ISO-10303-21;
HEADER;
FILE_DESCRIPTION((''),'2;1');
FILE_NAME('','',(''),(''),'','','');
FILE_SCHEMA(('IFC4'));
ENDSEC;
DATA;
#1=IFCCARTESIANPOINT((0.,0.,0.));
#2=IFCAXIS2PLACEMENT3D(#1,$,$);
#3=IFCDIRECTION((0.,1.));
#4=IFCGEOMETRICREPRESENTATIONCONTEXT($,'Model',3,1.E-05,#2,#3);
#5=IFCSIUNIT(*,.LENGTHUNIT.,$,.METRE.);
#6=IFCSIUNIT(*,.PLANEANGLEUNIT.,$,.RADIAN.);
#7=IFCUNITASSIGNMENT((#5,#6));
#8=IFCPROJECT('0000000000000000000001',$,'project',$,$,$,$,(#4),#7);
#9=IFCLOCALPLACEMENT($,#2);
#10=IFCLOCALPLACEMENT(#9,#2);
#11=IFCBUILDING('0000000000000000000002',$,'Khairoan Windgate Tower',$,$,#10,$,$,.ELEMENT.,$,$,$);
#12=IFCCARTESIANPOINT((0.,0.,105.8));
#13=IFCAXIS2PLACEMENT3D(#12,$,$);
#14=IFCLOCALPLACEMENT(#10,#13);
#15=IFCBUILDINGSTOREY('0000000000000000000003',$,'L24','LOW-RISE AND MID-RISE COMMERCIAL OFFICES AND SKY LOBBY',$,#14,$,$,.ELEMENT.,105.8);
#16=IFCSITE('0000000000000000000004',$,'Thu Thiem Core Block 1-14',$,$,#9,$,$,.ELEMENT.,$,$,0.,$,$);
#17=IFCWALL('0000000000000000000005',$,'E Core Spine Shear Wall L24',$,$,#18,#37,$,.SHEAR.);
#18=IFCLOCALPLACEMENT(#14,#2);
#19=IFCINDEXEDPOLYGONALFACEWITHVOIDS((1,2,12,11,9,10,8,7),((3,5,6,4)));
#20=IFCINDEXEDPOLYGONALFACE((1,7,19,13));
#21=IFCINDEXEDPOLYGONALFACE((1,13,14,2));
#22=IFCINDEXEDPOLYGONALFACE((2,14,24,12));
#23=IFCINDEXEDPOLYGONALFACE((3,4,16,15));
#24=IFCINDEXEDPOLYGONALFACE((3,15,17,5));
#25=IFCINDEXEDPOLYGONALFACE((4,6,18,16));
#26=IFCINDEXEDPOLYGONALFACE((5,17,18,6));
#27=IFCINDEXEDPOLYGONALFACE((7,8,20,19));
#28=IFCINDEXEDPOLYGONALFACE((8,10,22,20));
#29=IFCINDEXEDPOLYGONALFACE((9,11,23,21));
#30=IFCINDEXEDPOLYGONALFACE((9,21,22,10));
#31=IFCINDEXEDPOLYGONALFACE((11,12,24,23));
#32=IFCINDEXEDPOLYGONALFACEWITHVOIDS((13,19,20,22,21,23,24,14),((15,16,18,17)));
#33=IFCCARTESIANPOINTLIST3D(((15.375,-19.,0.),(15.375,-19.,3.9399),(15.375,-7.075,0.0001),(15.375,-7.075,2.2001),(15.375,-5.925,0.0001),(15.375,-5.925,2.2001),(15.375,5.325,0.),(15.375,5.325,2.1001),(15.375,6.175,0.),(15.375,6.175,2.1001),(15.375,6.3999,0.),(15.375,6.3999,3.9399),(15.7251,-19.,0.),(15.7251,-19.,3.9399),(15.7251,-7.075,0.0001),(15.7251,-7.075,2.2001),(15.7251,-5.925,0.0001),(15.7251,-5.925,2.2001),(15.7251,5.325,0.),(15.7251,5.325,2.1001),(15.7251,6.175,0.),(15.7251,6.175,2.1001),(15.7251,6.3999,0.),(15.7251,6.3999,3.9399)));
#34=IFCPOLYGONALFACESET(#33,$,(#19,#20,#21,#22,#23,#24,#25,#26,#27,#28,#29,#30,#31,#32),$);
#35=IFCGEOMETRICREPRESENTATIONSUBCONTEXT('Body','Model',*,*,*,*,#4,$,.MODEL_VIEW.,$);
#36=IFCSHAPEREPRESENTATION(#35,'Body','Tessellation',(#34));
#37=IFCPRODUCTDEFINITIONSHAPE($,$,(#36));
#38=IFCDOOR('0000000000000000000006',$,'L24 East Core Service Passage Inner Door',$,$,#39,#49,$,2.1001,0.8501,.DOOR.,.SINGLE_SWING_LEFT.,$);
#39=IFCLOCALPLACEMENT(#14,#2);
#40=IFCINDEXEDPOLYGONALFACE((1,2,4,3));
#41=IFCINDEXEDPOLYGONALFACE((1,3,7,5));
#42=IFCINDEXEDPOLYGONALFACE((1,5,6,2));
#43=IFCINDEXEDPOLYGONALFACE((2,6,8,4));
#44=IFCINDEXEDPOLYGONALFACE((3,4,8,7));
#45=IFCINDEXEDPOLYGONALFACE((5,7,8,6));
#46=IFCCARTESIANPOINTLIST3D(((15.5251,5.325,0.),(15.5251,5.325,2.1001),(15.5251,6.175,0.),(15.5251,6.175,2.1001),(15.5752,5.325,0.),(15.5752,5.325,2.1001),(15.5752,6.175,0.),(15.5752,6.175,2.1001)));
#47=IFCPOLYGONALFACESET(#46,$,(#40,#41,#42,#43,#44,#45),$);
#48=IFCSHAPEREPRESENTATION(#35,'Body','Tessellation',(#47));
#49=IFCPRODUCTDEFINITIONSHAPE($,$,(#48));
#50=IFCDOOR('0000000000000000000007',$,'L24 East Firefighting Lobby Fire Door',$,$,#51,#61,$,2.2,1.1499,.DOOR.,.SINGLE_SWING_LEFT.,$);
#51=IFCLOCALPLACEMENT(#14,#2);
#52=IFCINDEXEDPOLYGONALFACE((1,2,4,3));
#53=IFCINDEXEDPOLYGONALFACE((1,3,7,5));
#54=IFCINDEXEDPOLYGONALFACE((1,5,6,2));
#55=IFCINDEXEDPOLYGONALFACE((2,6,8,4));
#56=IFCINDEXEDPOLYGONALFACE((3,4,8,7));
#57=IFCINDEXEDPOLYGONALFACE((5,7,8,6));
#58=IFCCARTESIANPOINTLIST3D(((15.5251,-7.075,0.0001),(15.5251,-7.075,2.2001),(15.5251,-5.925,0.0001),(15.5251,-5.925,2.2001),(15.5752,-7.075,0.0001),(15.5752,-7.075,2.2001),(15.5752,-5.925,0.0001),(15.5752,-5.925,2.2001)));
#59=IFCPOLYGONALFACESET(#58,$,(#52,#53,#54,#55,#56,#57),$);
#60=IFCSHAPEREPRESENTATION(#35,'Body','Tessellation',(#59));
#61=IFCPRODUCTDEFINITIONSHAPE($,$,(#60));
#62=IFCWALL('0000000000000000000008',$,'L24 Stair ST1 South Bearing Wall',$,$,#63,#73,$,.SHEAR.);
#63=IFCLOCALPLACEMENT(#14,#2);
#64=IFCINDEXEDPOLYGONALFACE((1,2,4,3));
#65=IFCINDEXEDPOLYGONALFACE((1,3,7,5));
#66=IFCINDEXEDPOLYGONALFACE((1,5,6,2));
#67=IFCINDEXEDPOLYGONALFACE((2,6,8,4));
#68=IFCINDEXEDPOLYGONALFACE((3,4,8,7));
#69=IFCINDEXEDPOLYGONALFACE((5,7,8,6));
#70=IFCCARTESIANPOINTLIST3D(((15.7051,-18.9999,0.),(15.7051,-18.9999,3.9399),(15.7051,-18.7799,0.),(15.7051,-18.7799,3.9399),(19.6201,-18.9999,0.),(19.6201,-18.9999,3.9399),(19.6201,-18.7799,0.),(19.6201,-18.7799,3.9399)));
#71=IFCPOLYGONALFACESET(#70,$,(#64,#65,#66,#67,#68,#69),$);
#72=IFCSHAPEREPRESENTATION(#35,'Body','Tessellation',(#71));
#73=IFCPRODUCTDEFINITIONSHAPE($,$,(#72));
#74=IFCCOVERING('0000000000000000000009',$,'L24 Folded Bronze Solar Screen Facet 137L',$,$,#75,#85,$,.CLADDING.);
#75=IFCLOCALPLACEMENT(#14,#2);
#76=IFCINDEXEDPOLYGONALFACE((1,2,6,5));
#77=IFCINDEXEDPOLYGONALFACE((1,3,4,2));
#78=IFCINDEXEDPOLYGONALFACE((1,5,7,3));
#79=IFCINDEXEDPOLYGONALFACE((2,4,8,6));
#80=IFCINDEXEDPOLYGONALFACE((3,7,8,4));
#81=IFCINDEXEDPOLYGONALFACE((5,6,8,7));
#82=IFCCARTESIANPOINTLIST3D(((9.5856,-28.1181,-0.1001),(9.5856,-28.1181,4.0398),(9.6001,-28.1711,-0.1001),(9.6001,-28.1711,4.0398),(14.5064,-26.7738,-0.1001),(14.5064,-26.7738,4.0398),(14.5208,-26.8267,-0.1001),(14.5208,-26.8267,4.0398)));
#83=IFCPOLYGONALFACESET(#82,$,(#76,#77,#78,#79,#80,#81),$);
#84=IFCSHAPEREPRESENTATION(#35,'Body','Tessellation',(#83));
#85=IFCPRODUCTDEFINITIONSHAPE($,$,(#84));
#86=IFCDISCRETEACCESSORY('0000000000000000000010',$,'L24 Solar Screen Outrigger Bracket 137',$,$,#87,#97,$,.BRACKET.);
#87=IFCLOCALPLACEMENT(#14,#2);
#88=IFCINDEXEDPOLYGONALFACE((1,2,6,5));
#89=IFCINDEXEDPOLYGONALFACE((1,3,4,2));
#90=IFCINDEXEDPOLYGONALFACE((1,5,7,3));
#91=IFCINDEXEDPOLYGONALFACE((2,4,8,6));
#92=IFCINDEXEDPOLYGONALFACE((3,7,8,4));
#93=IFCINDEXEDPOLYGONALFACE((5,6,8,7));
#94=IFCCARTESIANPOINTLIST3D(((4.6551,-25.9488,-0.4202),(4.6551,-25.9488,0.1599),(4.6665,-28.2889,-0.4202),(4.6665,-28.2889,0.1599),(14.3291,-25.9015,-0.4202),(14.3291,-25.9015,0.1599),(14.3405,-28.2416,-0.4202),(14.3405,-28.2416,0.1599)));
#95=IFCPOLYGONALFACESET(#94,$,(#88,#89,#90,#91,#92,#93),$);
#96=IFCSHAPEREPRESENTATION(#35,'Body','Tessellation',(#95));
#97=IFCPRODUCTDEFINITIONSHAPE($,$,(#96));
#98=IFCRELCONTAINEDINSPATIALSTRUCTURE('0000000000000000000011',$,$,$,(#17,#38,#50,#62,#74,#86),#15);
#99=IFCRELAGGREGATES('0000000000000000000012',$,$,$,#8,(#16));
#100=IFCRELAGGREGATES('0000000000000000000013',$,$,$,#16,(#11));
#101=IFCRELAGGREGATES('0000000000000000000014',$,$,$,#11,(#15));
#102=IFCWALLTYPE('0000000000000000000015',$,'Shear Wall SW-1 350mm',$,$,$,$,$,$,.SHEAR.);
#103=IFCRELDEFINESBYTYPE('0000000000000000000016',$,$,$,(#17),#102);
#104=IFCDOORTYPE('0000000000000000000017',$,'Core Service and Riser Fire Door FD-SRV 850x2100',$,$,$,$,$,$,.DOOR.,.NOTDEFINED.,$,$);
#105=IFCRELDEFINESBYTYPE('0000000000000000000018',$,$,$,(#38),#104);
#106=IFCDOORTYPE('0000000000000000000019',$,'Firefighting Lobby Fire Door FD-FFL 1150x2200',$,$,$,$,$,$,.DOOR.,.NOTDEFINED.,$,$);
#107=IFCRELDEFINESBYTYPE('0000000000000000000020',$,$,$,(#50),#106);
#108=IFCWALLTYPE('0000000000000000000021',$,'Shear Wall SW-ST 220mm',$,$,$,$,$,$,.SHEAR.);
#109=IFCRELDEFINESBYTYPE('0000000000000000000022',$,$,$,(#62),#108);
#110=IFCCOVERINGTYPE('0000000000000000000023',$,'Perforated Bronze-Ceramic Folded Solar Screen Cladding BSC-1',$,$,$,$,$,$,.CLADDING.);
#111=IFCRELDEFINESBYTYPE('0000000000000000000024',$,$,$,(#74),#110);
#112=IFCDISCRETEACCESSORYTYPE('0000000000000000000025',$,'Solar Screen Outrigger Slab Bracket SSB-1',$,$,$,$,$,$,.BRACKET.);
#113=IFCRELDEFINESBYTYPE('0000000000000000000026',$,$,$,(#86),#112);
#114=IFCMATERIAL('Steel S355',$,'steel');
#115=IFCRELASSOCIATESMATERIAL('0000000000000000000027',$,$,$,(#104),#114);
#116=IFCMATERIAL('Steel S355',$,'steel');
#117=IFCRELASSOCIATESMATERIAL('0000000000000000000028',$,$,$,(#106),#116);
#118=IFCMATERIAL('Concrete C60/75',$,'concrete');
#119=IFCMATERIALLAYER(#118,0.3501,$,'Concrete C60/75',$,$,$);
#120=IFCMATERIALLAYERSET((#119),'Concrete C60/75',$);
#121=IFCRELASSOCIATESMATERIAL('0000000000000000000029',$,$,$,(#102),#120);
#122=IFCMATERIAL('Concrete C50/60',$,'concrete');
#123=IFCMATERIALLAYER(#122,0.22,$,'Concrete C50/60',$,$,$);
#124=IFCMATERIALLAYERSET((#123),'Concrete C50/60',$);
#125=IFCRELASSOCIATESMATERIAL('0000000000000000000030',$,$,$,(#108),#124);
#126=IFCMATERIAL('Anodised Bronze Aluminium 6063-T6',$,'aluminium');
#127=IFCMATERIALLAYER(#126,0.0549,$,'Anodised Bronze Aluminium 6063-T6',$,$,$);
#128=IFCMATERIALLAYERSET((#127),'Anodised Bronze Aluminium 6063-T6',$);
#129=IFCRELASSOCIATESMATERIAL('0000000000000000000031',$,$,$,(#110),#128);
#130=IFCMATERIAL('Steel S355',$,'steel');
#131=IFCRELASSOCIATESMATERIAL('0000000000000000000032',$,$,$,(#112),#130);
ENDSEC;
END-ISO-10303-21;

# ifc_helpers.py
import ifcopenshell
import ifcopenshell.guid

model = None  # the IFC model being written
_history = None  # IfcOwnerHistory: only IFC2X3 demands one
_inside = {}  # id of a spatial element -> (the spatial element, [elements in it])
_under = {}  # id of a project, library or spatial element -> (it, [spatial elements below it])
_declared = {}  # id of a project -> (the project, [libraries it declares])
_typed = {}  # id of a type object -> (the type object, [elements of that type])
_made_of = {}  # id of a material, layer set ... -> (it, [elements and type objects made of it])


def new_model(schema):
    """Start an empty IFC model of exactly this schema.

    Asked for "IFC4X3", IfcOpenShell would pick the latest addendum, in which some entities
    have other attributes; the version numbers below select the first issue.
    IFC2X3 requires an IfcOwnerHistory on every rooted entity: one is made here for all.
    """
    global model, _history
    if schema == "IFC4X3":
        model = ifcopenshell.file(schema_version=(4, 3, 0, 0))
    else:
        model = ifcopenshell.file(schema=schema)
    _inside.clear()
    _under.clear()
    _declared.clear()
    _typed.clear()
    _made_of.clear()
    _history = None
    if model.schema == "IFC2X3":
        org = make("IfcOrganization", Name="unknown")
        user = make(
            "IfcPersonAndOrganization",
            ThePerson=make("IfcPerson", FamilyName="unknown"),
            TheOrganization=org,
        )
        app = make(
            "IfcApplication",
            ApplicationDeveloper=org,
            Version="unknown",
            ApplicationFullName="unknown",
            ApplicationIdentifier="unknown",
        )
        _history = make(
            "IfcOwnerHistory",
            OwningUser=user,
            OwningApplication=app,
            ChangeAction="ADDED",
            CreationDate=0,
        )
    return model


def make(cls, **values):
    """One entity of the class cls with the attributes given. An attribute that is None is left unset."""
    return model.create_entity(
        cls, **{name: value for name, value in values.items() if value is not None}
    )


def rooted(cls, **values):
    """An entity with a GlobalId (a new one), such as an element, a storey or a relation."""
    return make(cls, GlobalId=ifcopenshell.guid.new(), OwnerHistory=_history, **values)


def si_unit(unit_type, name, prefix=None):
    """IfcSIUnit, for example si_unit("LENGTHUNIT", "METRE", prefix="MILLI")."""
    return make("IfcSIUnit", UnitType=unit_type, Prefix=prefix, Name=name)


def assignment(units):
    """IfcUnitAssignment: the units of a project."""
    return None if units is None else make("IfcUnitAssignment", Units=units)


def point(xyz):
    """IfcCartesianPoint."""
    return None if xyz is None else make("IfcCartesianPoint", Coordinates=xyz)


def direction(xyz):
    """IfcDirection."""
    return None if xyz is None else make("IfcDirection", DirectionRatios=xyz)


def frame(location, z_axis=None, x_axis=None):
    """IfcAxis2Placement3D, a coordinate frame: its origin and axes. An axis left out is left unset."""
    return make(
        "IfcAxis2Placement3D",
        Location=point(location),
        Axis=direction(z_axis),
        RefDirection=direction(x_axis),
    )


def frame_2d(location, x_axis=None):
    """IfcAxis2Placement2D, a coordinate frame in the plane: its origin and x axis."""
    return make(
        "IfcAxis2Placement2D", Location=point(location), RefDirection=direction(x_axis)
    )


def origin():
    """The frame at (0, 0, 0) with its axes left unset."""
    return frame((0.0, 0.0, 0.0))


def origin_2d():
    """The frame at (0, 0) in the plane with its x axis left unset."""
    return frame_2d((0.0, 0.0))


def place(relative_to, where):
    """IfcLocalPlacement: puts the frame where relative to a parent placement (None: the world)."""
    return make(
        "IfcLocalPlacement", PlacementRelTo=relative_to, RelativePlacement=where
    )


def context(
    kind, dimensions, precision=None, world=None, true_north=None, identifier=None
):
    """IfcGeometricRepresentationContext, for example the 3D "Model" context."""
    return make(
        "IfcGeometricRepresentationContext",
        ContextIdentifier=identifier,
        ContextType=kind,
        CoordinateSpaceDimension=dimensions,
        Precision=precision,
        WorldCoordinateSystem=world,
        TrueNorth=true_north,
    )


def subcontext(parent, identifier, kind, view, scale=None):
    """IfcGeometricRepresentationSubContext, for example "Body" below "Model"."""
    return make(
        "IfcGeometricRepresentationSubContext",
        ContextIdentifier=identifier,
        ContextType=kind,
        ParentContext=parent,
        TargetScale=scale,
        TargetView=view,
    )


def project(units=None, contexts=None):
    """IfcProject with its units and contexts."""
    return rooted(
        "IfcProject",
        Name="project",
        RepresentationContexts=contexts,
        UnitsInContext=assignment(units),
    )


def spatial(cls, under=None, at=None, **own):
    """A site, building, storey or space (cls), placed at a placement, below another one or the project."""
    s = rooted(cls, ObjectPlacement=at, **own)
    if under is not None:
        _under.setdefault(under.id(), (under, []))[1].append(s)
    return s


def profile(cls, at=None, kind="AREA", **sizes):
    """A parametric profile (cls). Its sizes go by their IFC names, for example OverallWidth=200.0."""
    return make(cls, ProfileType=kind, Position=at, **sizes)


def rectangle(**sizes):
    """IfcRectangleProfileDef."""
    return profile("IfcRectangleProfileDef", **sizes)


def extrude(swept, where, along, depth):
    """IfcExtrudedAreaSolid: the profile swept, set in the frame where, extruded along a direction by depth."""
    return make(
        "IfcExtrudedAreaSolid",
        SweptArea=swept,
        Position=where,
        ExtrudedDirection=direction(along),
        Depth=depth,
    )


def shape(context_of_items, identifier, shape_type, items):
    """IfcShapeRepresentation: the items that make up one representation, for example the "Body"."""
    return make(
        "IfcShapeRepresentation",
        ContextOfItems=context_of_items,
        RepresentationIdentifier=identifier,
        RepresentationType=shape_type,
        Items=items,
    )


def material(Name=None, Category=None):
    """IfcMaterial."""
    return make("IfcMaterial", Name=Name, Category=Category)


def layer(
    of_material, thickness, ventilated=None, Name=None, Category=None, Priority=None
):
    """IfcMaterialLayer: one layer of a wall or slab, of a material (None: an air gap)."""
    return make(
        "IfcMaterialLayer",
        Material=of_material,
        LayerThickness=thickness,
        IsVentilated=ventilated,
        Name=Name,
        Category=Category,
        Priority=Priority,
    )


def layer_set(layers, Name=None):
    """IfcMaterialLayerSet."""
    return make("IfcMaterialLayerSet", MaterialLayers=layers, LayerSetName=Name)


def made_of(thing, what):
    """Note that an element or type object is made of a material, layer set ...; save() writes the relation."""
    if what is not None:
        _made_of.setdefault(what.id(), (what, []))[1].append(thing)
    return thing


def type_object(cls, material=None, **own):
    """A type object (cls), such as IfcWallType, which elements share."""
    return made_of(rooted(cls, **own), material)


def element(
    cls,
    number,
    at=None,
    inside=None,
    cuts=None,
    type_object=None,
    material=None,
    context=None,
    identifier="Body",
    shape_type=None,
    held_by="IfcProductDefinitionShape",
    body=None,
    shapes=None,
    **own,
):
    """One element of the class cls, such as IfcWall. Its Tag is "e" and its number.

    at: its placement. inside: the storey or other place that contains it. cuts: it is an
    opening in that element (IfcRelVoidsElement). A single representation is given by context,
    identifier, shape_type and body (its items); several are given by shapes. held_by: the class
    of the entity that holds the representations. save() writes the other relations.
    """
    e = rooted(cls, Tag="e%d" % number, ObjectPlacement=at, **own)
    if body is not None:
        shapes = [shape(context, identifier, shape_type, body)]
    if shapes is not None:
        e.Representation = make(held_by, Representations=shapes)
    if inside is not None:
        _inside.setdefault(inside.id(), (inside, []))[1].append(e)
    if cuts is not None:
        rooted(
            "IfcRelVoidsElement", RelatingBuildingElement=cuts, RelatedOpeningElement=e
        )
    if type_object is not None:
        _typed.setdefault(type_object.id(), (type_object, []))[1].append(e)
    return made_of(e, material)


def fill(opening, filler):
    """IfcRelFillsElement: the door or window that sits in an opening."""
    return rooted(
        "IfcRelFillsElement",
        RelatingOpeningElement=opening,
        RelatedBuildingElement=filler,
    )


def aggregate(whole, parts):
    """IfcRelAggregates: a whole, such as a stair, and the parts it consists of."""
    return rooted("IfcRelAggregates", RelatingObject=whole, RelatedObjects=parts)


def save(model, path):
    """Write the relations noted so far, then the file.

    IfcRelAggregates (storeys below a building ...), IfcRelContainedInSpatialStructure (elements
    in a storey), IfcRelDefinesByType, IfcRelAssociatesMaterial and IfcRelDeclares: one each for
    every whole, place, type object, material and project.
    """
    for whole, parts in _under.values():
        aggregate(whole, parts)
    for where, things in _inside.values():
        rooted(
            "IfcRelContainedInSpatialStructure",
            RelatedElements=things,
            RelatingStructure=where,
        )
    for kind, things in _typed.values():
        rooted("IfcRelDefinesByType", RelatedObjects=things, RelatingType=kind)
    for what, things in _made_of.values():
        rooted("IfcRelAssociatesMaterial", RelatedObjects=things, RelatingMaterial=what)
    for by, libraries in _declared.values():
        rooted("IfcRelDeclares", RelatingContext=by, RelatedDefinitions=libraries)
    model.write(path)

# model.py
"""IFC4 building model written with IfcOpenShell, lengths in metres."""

from ifc_helpers import new_model, si_unit, direction, frame, frame_2d, origin, origin_2d, place, context, subcontext, project, spatial, rectangle, extrude, material, layer, layer_set, type_object, element, fill, save


model = new_model("IFC4")

# Units and contexts
model_context = context("Model", 3, precision=1e-05, world=origin(), true_north=direction((0.0, 1.0)))
body_context = subcontext(model_context, "Body", "Model", "MODEL_VIEW")
ifc_project = project(units=[si_unit("LENGTHUNIT", "METRE"), si_unit("PLANEANGLEUNIT", "RADIAN")], contexts=[model_context])

# Site, building, storey
site_placement = place(None, origin())
site = spatial("IfcSite", under=ifc_project, at=site_placement, Name="Thu Thiem Core Block 1-14", CompositionType="ELEMENT", RefElevation=0.0)
building_placement = place(site_placement, origin())
building = spatial("IfcBuilding", under=site, at=building_placement, Name="Khairoan Windgate Tower", CompositionType="ELEMENT")
storey_placement = place(building_placement, frame((0.0, 0.0, 105.8)))
storey = spatial("IfcBuildingStorey", under=building, at=storey_placement, Name="L24", Description="LOW-RISE AND MID-RISE COMMERCIAL OFFICES AND SKY LOBBY", CompositionType="ELEMENT", Elevation=105.8)

# Shared definitions
ifc_material_1 = material(Name="Steel S355", Category="steel")
door_type_1 = type_object("IfcDoorType", Name="Core Service and Riser Fire Door FD-SRV 850x2100", OperationType="NOTDEFINED", PredefinedType="DOOR", material=ifc_material_1)
ifc_material_2 = material(Name="Steel S355", Category="steel")
door_type_2 = type_object("IfcDoorType", Name="Firefighting Lobby Fire Door FD-FFL 1150x2200", OperationType="NOTDEFINED", PredefinedType="DOOR", material=ifc_material_2)

# Wall, openings, doors
ifc_material_3 = material(Name="Concrete C60/75", Category="concrete")
ifc_layer_1 = layer(ifc_material_3, 0.3501, Name="Concrete C60/75")
ifc_layer_set_1 = layer_set([ifc_layer_1], Name="Concrete C60/75")
wall_type_1 = type_object("IfcWallType", Name="Shear Wall SW-1 350mm", PredefinedType="SHEAR", material=ifc_layer_set_1)
wall_1_placement = place(storey_placement, frame((15.55, -19.0, 0.0), z_axis=(0.0, 0.0, 1.0), x_axis=(0.0, 1.0, 0.0)))
wall_1 = element("IfcWall", 1, at=wall_1_placement, inside=storey, type_object=wall_type_1, Name="E Core Spine Shear Wall L24", PredefinedType="SHEAR", context=body_context, shape_type="SweptSolid", body=[
    extrude(rectangle(XDim=25.3999, YDim=0.3501, at=frame_2d((12.7, 0.0))), origin(), (0.0, 0.0, 1.0), 3.9399),
])
opening_1_placement = place(wall_1_placement, frame((11.925, 0.0, 0.0)))
opening_1 = element("IfcOpeningElement", 2, at=opening_1_placement, cuts=wall_1, PredefinedType="OPENING", context=body_context, shape_type="SweptSolid", body=[
    extrude(rectangle(XDim=1.1499, YDim=2.2, at=frame_2d((0.575, 1.1001))), frame((0.0, 0.1851, 0.0), z_axis=(0.0, -1.0, 0.0), x_axis=(1.0, 0.0, 0.0)), (0.0, 0.0, 1.0), 0.3701),
])
opening_2_placement = place(wall_1_placement, frame((24.325, 0.0, 0.0)))
opening_2 = element("IfcOpeningElement", 3, at=opening_2_placement, cuts=wall_1, PredefinedType="OPENING", context=body_context, shape_type="SweptSolid", body=[
    extrude(rectangle(XDim=0.8501, YDim=2.1001, at=frame_2d((0.425, 1.05))), frame((0.0, 0.1851, 0.0), z_axis=(0.0, -1.0, 0.0), x_axis=(1.0, 0.0, 0.0)), (0.0, 0.0, 1.0), 0.3701),
])
door_1_placement = place(opening_2_placement, origin())
door_1 = element("IfcDoor", 4, at=door_1_placement, inside=storey, type_object=door_type_1, Name="L24 East Core Service Passage Inner Door", OperationType="SINGLE_SWING_LEFT", OverallHeight=2.1001, OverallWidth=0.8501, PredefinedType="DOOR", context=body_context, shape_type="SweptSolid", body=[
    extrude(rectangle(XDim=0.8501, YDim=2.1001, at=frame_2d((0.425, 1.05))), frame((0.0, 0.0249, 0.0), z_axis=(0.0, -1.0, 0.0), x_axis=(1.0, 0.0, 0.0)), (0.0, 0.0, 1.0), 0.05),
])
fill(opening_2, door_1)
door_2_placement = place(opening_1_placement, origin())
door_2 = element("IfcDoor", 5, at=door_2_placement, inside=storey, type_object=door_type_2, Name="L24 East Firefighting Lobby Fire Door", OperationType="SINGLE_SWING_LEFT", OverallHeight=2.2, OverallWidth=1.1499, PredefinedType="DOOR", context=body_context, shape_type="SweptSolid", body=[
    extrude(rectangle(XDim=1.1499, YDim=2.2, at=frame_2d((0.575, 1.1001))), frame((0.0, 0.0249, 0.0), z_axis=(0.0, -1.0, 0.0), x_axis=(1.0, 0.0, 0.0)), (0.0, 0.0, 1.0), 0.05),
])
fill(opening_1, door_2)

# Wall
ifc_material_4 = material(Name="Concrete C50/60", Category="concrete")
ifc_layer_2 = layer(ifc_material_4, 0.22, Name="Concrete C50/60")
ifc_layer_set_2 = layer_set([ifc_layer_2], Name="Concrete C50/60")
wall_type_2 = type_object("IfcWallType", Name="Shear Wall SW-ST 220mm", PredefinedType="SHEAR", material=ifc_layer_set_2)
wall_2_placement = place(storey_placement, frame((15.7051, -18.8899, 0.0), z_axis=(0.0, 0.0, 1.0), x_axis=(1.0, 0.0, 0.0)))
element("IfcWall", 6, at=wall_2_placement, inside=storey, type_object=wall_type_2, Name="L24 Stair ST1 South Bearing Wall", PredefinedType="SHEAR", context=body_context, shape_type="SweptSolid", body=[
    extrude(rectangle(XDim=3.915, YDim=0.22, at=frame_2d((1.9575, 0.0))), origin(), (0.0, 0.0, 1.0), 3.9399),
])

# Covering
ifc_material_5 = material(Name="Anodised Bronze Aluminium 6063-T6", Category="aluminium")
ifc_layer_3 = layer(ifc_material_5, 0.0549, Name="Anodised Bronze Aluminium 6063-T6")
ifc_layer_set_3 = layer_set([ifc_layer_3], Name="Anodised Bronze Aluminium 6063-T6")
covering_type = type_object("IfcCoveringType", Name="Perforated Bronze-Ceramic Folded Solar Screen Cladding BSC-1", PredefinedType="CLADDING", material=ifc_layer_set_3)
covering_placement = place(storey_placement, frame((12.0532, -27.4724, -0.1001), z_axis=(0.0, 0.0, 1.0), x_axis=(-0.964649, -0.263536, 0.0)))
element("IfcCovering", 7, at=covering_placement, inside=storey, type_object=covering_type, Name="L24 Folded Bronze Solar Screen Facet 137L", PredefinedType="CLADDING", context=body_context, shape_type="SweptSolid", body=[
    extrude(rectangle(XDim=5.1011, YDim=0.0549, at=origin_2d()), origin(), (0.0, 0.0, 1.0), 4.1399),
])

# Discrete accessory
ifc_material_6 = material(Name="Steel S355", Category="steel")
discrete_accessory_type = type_object("IfcDiscreteAccessoryType", Name="Solar Screen Outrigger Slab Bracket SSB-1", PredefinedType="BRACKET", material=ifc_material_6)
discrete_accessory_placement = place(storey_placement, frame((9.4978, -27.0952, -0.4202), z_axis=(0.0, 0.0, 1.0), x_axis=(-0.999988, -0.004887, 0.0)))
element("IfcDiscreteAccessory", 8, at=discrete_accessory_placement, inside=storey, type_object=discrete_accessory_type, Name="L24 Solar Screen Outrigger Bracket 137", PredefinedType="BRACKET", context=body_context, shape_type="SweptSolid", body=[
    extrude(rectangle(XDim=9.6741, YDim=2.3401, at=origin_2d()), origin(), (0.0, 0.0, 1.0), 0.5801),
])

save(model, "model.ifc")
